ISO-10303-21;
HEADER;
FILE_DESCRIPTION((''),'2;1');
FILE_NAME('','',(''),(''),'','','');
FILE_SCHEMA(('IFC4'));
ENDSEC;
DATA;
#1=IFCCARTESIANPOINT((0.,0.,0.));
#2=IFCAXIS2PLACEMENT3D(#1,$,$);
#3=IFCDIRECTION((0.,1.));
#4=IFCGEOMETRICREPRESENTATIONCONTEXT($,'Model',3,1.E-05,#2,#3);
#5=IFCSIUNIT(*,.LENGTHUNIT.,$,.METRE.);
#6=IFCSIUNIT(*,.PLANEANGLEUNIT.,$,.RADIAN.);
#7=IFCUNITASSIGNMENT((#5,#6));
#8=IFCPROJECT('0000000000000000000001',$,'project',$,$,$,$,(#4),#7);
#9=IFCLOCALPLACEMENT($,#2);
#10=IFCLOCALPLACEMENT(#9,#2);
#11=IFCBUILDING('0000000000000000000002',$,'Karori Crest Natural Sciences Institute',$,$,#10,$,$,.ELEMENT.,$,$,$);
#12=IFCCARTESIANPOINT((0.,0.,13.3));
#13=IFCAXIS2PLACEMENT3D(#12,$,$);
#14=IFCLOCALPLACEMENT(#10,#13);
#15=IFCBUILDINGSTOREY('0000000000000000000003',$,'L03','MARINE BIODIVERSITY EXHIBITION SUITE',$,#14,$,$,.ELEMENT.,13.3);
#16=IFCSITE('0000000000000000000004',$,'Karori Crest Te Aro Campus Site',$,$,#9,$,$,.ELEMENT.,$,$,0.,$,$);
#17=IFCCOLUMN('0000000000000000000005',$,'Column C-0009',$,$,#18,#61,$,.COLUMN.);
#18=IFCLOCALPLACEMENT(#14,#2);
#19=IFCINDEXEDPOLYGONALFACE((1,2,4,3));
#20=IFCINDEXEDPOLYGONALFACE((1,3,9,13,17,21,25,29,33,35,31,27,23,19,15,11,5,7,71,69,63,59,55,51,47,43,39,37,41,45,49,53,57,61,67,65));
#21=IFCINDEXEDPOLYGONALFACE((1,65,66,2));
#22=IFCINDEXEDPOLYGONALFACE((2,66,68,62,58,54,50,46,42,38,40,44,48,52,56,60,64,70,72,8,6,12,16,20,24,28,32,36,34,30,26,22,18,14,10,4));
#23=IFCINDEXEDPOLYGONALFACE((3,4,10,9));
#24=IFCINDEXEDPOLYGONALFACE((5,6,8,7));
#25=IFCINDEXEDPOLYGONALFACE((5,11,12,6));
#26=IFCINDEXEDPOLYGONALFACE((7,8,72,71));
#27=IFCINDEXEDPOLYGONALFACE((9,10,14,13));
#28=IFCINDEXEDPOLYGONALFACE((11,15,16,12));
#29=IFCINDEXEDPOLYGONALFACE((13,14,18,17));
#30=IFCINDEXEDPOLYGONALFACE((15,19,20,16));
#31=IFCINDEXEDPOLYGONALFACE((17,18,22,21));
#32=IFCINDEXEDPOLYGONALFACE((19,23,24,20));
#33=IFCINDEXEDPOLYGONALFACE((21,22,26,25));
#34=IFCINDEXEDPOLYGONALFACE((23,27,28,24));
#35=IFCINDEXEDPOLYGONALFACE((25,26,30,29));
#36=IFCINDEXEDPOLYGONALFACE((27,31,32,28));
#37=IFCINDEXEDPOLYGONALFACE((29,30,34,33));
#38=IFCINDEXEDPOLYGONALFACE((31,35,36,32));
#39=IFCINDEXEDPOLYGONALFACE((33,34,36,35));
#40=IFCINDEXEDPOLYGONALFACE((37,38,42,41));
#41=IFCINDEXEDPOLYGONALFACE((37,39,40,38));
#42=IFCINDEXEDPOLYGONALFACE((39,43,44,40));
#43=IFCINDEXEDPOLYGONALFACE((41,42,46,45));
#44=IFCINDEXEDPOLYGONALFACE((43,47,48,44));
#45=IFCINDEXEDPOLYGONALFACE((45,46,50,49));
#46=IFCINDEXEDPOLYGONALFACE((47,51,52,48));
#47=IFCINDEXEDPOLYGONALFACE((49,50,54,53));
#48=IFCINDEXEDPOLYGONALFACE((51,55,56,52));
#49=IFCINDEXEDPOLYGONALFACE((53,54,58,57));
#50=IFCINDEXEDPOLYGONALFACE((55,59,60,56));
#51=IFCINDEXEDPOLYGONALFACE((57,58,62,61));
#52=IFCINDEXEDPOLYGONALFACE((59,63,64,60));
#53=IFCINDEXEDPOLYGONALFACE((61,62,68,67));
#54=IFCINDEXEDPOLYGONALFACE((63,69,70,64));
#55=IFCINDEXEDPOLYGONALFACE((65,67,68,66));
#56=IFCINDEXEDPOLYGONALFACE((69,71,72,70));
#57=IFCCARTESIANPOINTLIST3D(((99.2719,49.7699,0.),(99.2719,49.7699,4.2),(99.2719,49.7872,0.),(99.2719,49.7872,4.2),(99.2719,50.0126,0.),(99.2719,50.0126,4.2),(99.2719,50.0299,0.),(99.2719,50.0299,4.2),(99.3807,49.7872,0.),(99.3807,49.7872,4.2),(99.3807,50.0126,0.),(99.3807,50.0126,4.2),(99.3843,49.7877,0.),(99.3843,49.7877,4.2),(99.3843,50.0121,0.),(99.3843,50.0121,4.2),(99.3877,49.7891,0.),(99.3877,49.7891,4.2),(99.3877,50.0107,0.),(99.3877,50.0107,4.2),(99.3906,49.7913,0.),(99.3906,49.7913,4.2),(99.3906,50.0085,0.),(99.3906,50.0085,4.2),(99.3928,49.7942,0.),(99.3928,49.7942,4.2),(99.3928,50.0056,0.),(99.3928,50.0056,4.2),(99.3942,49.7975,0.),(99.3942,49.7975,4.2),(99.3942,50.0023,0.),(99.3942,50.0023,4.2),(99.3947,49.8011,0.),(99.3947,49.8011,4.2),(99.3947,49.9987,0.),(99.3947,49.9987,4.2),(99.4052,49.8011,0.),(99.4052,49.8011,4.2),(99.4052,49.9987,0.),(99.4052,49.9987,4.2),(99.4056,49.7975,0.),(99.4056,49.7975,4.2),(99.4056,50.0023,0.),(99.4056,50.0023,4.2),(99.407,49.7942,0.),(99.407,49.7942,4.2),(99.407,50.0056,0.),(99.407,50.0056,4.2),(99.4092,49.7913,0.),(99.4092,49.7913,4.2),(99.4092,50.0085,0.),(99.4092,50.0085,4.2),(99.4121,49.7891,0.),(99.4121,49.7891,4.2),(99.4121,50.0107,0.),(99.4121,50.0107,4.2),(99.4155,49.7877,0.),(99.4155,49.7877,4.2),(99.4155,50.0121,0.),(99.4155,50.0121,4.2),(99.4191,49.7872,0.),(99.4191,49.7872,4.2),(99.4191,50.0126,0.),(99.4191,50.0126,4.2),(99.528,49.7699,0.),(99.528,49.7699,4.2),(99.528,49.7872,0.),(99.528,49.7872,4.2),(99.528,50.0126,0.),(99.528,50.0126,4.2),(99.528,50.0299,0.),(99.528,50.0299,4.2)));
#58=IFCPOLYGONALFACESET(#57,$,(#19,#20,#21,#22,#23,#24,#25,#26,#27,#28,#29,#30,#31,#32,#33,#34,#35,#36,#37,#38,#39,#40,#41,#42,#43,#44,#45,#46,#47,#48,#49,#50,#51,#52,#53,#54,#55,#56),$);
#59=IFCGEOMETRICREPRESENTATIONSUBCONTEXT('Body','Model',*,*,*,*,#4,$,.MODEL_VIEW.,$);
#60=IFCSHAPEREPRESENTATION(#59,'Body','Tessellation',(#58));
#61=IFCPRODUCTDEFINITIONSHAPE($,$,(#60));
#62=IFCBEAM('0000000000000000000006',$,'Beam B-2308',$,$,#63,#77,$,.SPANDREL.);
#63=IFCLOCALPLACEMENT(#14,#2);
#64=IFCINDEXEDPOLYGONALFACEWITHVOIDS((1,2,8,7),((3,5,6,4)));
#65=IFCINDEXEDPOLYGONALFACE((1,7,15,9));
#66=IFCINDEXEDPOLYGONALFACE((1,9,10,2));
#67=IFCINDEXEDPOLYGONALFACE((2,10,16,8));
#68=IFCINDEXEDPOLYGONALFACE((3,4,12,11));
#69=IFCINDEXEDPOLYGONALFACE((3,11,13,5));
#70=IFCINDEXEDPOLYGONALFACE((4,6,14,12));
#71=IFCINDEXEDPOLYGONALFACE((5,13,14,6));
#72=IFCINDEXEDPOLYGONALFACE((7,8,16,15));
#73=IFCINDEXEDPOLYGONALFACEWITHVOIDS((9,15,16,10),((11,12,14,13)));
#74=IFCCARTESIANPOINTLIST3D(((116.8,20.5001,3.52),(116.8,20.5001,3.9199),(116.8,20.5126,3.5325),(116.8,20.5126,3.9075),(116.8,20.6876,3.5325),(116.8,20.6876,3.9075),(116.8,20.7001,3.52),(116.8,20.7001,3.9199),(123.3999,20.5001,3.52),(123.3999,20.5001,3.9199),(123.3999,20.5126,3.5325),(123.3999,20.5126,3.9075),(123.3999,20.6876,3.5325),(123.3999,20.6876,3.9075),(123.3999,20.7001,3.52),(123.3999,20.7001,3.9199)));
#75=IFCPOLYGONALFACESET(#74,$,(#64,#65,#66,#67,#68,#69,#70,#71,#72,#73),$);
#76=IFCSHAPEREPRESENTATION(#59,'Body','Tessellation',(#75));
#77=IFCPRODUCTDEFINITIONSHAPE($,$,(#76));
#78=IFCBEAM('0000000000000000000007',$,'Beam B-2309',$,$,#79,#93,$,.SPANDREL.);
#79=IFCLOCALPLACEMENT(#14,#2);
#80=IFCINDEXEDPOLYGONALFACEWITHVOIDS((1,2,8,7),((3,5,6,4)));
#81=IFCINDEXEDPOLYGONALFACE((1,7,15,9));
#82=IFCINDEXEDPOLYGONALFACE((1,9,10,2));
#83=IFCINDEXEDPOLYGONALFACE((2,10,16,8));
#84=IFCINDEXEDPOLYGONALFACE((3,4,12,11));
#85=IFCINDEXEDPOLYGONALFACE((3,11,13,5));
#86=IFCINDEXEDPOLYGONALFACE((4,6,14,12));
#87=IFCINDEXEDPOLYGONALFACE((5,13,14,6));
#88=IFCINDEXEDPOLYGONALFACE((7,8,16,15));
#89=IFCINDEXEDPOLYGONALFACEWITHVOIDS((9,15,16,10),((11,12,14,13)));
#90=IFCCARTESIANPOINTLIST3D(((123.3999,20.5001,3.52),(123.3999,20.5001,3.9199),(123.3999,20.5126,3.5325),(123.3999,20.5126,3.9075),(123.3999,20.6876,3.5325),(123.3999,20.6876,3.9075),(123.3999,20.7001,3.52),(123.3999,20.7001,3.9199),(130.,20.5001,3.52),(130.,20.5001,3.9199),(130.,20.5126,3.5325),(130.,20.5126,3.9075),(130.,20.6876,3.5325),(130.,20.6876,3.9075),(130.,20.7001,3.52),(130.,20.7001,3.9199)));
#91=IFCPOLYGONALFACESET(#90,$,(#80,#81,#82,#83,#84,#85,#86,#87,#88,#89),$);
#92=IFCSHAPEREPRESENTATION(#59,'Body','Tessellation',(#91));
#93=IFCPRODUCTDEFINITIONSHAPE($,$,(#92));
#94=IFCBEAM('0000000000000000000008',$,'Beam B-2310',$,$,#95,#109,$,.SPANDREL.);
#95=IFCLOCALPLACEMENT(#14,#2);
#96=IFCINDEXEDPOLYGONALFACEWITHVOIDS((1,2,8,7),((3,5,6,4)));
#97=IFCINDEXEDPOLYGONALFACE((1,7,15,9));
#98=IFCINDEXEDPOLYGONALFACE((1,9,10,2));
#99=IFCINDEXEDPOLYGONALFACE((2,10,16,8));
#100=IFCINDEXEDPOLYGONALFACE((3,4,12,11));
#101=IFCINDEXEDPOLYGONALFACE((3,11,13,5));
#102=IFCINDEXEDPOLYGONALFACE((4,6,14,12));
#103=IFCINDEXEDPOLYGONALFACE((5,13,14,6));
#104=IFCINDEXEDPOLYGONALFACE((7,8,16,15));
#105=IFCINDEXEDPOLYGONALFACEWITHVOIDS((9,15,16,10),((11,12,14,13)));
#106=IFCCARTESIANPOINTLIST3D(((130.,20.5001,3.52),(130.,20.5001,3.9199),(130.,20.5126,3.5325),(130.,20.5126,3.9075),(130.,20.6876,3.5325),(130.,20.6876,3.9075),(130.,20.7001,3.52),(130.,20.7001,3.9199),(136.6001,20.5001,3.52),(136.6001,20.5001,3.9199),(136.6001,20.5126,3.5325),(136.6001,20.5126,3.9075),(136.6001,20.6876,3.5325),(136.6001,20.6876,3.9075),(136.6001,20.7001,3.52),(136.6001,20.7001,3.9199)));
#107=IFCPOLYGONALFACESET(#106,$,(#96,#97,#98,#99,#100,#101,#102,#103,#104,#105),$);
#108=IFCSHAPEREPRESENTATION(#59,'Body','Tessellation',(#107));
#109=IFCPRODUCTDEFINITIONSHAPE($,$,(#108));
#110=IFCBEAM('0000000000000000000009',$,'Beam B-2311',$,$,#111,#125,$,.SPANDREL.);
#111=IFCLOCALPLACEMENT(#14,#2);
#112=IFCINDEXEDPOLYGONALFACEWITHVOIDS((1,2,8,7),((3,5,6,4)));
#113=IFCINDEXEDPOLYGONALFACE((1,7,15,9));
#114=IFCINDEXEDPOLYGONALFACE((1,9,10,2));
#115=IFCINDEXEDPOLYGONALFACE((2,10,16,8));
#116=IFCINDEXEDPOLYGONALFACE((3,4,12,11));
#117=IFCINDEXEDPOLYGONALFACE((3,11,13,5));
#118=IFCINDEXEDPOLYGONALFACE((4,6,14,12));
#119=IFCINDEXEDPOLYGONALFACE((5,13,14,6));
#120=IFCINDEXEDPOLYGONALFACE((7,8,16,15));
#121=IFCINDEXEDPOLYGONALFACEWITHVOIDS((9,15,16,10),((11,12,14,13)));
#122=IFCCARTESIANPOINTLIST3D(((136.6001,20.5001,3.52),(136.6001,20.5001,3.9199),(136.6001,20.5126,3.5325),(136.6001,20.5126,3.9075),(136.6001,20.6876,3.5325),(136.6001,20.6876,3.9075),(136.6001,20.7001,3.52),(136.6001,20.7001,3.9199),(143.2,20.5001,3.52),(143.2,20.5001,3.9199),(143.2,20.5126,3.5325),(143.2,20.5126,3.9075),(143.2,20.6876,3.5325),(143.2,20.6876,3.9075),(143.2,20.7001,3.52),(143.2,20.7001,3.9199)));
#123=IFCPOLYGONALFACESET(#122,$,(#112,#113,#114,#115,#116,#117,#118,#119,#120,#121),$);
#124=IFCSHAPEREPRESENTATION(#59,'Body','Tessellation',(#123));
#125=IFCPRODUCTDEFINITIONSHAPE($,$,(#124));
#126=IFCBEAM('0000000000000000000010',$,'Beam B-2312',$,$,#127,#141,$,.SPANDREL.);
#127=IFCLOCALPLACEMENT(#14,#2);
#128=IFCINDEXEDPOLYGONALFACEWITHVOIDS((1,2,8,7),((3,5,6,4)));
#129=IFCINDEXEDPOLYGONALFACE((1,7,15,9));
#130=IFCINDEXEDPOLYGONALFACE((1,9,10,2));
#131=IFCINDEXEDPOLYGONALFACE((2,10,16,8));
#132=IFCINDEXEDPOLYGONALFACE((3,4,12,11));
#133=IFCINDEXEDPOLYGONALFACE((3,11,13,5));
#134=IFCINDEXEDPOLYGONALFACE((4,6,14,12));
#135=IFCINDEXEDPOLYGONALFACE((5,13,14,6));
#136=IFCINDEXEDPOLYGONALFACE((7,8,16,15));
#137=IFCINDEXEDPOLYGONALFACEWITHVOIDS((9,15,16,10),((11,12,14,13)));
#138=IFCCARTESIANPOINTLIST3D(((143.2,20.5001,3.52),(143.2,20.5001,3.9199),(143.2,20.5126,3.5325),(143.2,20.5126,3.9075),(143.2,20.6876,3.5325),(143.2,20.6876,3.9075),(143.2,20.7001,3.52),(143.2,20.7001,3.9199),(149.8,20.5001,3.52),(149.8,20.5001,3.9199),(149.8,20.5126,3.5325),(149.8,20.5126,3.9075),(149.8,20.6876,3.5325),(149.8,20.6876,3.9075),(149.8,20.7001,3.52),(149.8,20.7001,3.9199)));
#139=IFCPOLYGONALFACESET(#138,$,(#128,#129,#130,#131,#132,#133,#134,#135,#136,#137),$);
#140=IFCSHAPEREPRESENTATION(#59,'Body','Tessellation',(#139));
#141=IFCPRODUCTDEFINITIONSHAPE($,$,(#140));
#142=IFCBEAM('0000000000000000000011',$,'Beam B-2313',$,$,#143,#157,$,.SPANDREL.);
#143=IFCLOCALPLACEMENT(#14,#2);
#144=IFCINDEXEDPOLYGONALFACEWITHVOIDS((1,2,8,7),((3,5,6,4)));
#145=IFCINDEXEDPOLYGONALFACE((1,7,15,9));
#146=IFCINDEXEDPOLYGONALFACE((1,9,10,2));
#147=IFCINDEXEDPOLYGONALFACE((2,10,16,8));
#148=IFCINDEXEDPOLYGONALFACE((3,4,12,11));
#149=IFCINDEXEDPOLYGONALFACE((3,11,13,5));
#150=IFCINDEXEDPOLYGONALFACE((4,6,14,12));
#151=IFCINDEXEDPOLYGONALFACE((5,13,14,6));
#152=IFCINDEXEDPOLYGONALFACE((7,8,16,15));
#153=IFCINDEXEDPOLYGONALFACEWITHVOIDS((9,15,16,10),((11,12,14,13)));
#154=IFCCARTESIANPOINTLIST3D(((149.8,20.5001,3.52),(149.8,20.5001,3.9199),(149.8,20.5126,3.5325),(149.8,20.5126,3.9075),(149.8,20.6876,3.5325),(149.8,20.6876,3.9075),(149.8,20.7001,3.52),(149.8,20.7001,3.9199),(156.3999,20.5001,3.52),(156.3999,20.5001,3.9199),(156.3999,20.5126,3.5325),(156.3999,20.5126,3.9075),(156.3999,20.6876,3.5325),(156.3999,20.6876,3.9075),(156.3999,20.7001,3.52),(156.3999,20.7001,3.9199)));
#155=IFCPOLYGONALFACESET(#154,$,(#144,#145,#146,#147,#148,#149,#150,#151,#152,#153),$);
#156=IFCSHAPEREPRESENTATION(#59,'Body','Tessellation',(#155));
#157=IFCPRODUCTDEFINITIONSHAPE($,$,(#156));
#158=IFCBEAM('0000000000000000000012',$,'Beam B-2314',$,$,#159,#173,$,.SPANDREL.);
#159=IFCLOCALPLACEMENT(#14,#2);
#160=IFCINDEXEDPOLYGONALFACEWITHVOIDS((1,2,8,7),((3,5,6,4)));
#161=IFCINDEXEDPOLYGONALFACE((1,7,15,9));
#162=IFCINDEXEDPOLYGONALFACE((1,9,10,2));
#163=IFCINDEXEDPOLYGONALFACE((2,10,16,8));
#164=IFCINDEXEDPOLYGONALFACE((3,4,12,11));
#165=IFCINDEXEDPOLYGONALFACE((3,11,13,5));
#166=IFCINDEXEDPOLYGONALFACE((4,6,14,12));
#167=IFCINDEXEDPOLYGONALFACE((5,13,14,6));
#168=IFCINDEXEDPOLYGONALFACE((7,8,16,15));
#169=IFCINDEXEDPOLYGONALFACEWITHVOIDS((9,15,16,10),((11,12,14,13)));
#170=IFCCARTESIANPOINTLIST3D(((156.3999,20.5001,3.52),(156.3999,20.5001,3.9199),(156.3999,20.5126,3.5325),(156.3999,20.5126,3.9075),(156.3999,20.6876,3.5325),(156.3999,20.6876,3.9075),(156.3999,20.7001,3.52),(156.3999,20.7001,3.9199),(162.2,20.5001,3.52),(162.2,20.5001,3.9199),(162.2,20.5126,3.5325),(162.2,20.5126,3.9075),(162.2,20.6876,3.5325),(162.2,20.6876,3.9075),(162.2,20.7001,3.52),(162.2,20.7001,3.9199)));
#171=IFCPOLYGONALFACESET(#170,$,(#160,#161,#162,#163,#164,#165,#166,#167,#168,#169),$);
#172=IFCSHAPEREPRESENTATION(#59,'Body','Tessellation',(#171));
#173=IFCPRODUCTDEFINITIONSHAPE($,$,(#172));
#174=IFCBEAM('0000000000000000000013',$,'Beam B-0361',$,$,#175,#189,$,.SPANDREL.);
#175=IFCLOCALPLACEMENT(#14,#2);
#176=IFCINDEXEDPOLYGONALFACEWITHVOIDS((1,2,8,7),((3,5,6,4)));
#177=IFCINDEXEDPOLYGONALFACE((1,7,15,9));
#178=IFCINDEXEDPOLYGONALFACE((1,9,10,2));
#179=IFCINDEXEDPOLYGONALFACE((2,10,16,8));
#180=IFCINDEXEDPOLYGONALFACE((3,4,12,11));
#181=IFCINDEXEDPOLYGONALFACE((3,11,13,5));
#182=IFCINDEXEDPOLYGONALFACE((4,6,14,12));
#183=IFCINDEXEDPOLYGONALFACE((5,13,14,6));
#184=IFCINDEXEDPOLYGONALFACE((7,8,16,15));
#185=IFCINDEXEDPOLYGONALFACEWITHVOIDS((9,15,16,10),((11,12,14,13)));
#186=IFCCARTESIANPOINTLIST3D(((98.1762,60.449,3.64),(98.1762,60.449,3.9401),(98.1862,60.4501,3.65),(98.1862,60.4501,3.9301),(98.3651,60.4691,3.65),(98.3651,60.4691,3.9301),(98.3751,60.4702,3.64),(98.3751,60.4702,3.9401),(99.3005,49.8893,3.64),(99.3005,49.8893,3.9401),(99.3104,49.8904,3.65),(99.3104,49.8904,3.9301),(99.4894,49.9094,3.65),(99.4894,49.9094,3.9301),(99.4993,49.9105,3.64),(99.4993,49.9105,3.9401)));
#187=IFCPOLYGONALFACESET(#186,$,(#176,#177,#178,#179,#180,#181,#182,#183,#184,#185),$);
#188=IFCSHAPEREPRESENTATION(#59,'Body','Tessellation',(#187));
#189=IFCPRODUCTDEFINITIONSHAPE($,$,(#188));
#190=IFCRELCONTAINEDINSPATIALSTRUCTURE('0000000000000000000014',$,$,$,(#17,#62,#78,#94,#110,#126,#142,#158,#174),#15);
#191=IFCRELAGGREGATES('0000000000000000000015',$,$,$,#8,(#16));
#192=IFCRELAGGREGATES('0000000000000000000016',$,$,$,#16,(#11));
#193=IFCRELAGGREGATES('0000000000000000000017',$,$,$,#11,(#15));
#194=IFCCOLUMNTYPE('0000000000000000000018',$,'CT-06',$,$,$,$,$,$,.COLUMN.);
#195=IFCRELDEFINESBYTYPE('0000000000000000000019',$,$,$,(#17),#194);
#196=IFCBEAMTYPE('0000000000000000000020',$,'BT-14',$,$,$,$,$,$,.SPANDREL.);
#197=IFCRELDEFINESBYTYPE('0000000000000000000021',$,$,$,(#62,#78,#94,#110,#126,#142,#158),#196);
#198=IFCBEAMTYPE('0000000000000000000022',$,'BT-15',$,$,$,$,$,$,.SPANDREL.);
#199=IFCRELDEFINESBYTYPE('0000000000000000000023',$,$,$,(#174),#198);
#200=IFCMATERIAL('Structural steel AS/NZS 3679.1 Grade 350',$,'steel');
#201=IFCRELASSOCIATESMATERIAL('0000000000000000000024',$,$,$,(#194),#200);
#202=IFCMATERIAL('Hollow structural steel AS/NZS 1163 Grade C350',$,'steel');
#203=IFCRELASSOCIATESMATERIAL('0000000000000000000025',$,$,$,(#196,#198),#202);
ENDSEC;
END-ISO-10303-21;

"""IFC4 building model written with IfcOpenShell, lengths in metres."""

from ifc_helpers import new_model, si_unit, direction, frame, origin, origin_2d, place, context, subcontext, project, spatial, hollow_rectangle, i_section, extrude, material, material_profile, profile_set, type_object, element, save


model = new_model("IFC4")

# Units and contexts
model_context = context("Model", 3, precision=1e-05, world=origin(), true_north=direction((0.0, 1.0)))
body_context = subcontext(model_context, "Body", "Model", "MODEL_VIEW")
ifc_project = project(units=[si_unit("LENGTHUNIT", "METRE"), si_unit("PLANEANGLEUNIT", "RADIAN")], contexts=[model_context])

# Site, building, storey
site_placement = place(None, origin())
site = spatial("IfcSite", under=ifc_project, at=site_placement, Name="Karori Crest Te Aro Campus Site", CompositionType="ELEMENT", RefElevation=0.0)
building_placement = place(site_placement, origin())
building = spatial("IfcBuilding", under=site, at=building_placement, Name="Karori Crest Natural Sciences Institute", CompositionType="ELEMENT")
storey_placement = place(building_placement, frame((0.0, 0.0, 13.3)))
storey = spatial("IfcBuildingStorey", under=building, at=storey_placement, Name="L03", Description="MARINE BIODIVERSITY EXHIBITION SUITE", CompositionType="ELEMENT", Elevation=13.3)

# Column
ifc_material_1 = material(Name="Structural steel AS/NZS 3679.1 Grade 350", Category="steel")
ifc_material_profile_1 = material_profile(ifc_material_1, i_section(OverallWidth=0.2561, OverallDepth=0.26, WebThickness=0.0105, FlangeThickness=0.0173, FilletRadius=0.0139, at=origin_2d()), Name="250UC89.5")
ifc_profile_set_1 = profile_set([ifc_material_profile_1], Name="Structural steel AS/NZS 3679.1 Grade 350")
column_type_1 = type_object("IfcColumnType", Name="CT-06", PredefinedType="COLUMN", material=ifc_profile_set_1)
column_placement = place(storey_placement, frame((99.3999, 49.8999, 0.0), z_axis=(0.0, 0.0, 1.0), x_axis=(1.0, 0.0, 0.0)))
element("IfcColumn", 1, at=column_placement, inside=storey, type_object=column_type_1, Name="Column C-0009", PredefinedType="COLUMN", context=body_context, shape_type="SweptSolid", body=[
    extrude(i_section(OverallWidth=0.2561, OverallDepth=0.26, WebThickness=0.0105, FlangeThickness=0.0173, FilletRadius=0.0139, at=origin_2d()), origin(), (0.0, 0.0, 1.0), 4.2),
])

# Beams
ifc_material_2 = material(Name="Hollow structural steel AS/NZS 1163 Grade C350", Category="steel")
ifc_material_profile_2 = material_profile(ifc_material_2, hollow_rectangle(XDim=0.2, YDim=0.3999, WallThickness=0.0125, at=origin_2d()), Name="RHS400x200x12.5")
ifc_profile_set_2 = profile_set([ifc_material_profile_2], Name="Hollow structural steel AS/NZS 1163 Grade C350")
beam_type_1 = type_object("IfcBeamType", Name="BT-14", PredefinedType="SPANDREL", material=ifc_profile_set_2)
beam_1_placement = place(storey_placement, frame((116.8, 20.6001, 3.72), z_axis=(1.0, 0.0, 0.0), x_axis=(0.0, 1.0, 0.0)))
element("IfcBeam", 2, at=beam_1_placement, inside=storey, type_object=beam_type_1, Name="Beam B-2308", PredefinedType="SPANDREL", context=body_context, shape_type="SweptSolid", body=[
    extrude(hollow_rectangle(XDim=0.2, YDim=0.3999, WallThickness=0.0125, at=origin_2d()), origin(), (0.0, 0.0, 1.0), 6.5999),
])
for number, where, z_axis, x_axis, name in (
    (3, (123.3999, 20.6001, 3.72), (1.0, 0.0, 0.0), (0.0, 1.0, 0.0), "Beam B-2309"),
    (4, (130.0, 20.6001, 3.72), (1.0, 0.0, 0.0), (0.0, 1.0, 0.0), "Beam B-2310"),
):
    element("IfcBeam", number, at=place(storey_placement, frame(where, z_axis=z_axis, x_axis=x_axis)), inside=storey, type_object=beam_type_1, Name=name, PredefinedType="SPANDREL", context=body_context, shape_type="SweptSolid", body=[
        extrude(hollow_rectangle(XDim=0.2, YDim=0.3999, WallThickness=0.0125, at=origin_2d()), origin(), (0.0, 0.0, 1.0), 6.6001),
    ])
beam_2_placement = place(storey_placement, frame((136.6001, 20.6001, 3.72), z_axis=(1.0, 0.0, 0.0), x_axis=(0.0, 1.0, 0.0)))
element("IfcBeam", 5, at=beam_2_placement, inside=storey, type_object=beam_type_1, Name="Beam B-2311", PredefinedType="SPANDREL", context=body_context, shape_type="SweptSolid", body=[
    extrude(hollow_rectangle(XDim=0.2, YDim=0.3999, WallThickness=0.0125, at=origin_2d()), origin(), (0.0, 0.0, 1.0), 6.5999),
])
beam_3_placement = place(storey_placement, frame((143.2, 20.6001, 3.72), z_axis=(1.0, 0.0, 0.0), x_axis=(0.0, 1.0, 0.0)))
element("IfcBeam", 6, at=beam_3_placement, inside=storey, type_object=beam_type_1, Name="Beam B-2312", PredefinedType="SPANDREL", context=body_context, shape_type="SweptSolid", body=[
    extrude(hollow_rectangle(XDim=0.2, YDim=0.3999, WallThickness=0.0125, at=origin_2d()), origin(), (0.0, 0.0, 1.0), 6.6001),
])
beam_4_placement = place(storey_placement, frame((149.8, 20.6001, 3.72), z_axis=(1.0, 0.0, 0.0), x_axis=(0.0, 1.0, 0.0)))
element("IfcBeam", 7, at=beam_4_placement, inside=storey, type_object=beam_type_1, Name="Beam B-2313", PredefinedType="SPANDREL", context=body_context, shape_type="SweptSolid", body=[
    extrude(hollow_rectangle(XDim=0.2, YDim=0.3999, WallThickness=0.0125, at=origin_2d()), origin(), (0.0, 0.0, 1.0), 6.5999),
])
beam_5_placement = place(storey_placement, frame((156.3999, 20.6001, 3.72), z_axis=(1.0, 0.0, 0.0), x_axis=(0.0, 1.0, 0.0)))
element("IfcBeam", 8, at=beam_5_placement, inside=storey, type_object=beam_type_1, Name="Beam B-2314", PredefinedType="SPANDREL", context=body_context, shape_type="SweptSolid", body=[
    extrude(hollow_rectangle(XDim=0.2, YDim=0.3999, WallThickness=0.0125, at=origin_2d()), origin(), (0.0, 0.0, 1.0), 5.8),
])
ifc_material_profile_3 = material_profile(ifc_material_2, hollow_rectangle(XDim=0.2, YDim=0.3, WallThickness=0.01, at=origin_2d()), Name="RHS300x200x10")
ifc_profile_set_3 = profile_set([ifc_material_profile_3], Name="Hollow structural steel AS/NZS 1163 Grade C350")
beam_type_2 = type_object("IfcBeamType", Name="BT-15", PredefinedType="SPANDREL", material=ifc_profile_set_3)
beam_6_placement = place(storey_placement, frame((99.3999, 49.8999, 3.79), z_axis=(-0.105868, 0.99438, 0.0), x_axis=(-0.99438, -0.105868, 0.0)))
element("IfcBeam", 9, at=beam_6_placement, inside=storey, type_object=beam_type_2, Name="Beam B-0361", PredefinedType="SPANDREL", context=body_context, shape_type="SweptSolid", body=[
    extrude(hollow_rectangle(XDim=0.2, YDim=0.3, WallThickness=0.01, at=origin_2d()), origin(), (0.0, 0.0, 1.0), 10.6194),
])

save(model, "model.ifc")
